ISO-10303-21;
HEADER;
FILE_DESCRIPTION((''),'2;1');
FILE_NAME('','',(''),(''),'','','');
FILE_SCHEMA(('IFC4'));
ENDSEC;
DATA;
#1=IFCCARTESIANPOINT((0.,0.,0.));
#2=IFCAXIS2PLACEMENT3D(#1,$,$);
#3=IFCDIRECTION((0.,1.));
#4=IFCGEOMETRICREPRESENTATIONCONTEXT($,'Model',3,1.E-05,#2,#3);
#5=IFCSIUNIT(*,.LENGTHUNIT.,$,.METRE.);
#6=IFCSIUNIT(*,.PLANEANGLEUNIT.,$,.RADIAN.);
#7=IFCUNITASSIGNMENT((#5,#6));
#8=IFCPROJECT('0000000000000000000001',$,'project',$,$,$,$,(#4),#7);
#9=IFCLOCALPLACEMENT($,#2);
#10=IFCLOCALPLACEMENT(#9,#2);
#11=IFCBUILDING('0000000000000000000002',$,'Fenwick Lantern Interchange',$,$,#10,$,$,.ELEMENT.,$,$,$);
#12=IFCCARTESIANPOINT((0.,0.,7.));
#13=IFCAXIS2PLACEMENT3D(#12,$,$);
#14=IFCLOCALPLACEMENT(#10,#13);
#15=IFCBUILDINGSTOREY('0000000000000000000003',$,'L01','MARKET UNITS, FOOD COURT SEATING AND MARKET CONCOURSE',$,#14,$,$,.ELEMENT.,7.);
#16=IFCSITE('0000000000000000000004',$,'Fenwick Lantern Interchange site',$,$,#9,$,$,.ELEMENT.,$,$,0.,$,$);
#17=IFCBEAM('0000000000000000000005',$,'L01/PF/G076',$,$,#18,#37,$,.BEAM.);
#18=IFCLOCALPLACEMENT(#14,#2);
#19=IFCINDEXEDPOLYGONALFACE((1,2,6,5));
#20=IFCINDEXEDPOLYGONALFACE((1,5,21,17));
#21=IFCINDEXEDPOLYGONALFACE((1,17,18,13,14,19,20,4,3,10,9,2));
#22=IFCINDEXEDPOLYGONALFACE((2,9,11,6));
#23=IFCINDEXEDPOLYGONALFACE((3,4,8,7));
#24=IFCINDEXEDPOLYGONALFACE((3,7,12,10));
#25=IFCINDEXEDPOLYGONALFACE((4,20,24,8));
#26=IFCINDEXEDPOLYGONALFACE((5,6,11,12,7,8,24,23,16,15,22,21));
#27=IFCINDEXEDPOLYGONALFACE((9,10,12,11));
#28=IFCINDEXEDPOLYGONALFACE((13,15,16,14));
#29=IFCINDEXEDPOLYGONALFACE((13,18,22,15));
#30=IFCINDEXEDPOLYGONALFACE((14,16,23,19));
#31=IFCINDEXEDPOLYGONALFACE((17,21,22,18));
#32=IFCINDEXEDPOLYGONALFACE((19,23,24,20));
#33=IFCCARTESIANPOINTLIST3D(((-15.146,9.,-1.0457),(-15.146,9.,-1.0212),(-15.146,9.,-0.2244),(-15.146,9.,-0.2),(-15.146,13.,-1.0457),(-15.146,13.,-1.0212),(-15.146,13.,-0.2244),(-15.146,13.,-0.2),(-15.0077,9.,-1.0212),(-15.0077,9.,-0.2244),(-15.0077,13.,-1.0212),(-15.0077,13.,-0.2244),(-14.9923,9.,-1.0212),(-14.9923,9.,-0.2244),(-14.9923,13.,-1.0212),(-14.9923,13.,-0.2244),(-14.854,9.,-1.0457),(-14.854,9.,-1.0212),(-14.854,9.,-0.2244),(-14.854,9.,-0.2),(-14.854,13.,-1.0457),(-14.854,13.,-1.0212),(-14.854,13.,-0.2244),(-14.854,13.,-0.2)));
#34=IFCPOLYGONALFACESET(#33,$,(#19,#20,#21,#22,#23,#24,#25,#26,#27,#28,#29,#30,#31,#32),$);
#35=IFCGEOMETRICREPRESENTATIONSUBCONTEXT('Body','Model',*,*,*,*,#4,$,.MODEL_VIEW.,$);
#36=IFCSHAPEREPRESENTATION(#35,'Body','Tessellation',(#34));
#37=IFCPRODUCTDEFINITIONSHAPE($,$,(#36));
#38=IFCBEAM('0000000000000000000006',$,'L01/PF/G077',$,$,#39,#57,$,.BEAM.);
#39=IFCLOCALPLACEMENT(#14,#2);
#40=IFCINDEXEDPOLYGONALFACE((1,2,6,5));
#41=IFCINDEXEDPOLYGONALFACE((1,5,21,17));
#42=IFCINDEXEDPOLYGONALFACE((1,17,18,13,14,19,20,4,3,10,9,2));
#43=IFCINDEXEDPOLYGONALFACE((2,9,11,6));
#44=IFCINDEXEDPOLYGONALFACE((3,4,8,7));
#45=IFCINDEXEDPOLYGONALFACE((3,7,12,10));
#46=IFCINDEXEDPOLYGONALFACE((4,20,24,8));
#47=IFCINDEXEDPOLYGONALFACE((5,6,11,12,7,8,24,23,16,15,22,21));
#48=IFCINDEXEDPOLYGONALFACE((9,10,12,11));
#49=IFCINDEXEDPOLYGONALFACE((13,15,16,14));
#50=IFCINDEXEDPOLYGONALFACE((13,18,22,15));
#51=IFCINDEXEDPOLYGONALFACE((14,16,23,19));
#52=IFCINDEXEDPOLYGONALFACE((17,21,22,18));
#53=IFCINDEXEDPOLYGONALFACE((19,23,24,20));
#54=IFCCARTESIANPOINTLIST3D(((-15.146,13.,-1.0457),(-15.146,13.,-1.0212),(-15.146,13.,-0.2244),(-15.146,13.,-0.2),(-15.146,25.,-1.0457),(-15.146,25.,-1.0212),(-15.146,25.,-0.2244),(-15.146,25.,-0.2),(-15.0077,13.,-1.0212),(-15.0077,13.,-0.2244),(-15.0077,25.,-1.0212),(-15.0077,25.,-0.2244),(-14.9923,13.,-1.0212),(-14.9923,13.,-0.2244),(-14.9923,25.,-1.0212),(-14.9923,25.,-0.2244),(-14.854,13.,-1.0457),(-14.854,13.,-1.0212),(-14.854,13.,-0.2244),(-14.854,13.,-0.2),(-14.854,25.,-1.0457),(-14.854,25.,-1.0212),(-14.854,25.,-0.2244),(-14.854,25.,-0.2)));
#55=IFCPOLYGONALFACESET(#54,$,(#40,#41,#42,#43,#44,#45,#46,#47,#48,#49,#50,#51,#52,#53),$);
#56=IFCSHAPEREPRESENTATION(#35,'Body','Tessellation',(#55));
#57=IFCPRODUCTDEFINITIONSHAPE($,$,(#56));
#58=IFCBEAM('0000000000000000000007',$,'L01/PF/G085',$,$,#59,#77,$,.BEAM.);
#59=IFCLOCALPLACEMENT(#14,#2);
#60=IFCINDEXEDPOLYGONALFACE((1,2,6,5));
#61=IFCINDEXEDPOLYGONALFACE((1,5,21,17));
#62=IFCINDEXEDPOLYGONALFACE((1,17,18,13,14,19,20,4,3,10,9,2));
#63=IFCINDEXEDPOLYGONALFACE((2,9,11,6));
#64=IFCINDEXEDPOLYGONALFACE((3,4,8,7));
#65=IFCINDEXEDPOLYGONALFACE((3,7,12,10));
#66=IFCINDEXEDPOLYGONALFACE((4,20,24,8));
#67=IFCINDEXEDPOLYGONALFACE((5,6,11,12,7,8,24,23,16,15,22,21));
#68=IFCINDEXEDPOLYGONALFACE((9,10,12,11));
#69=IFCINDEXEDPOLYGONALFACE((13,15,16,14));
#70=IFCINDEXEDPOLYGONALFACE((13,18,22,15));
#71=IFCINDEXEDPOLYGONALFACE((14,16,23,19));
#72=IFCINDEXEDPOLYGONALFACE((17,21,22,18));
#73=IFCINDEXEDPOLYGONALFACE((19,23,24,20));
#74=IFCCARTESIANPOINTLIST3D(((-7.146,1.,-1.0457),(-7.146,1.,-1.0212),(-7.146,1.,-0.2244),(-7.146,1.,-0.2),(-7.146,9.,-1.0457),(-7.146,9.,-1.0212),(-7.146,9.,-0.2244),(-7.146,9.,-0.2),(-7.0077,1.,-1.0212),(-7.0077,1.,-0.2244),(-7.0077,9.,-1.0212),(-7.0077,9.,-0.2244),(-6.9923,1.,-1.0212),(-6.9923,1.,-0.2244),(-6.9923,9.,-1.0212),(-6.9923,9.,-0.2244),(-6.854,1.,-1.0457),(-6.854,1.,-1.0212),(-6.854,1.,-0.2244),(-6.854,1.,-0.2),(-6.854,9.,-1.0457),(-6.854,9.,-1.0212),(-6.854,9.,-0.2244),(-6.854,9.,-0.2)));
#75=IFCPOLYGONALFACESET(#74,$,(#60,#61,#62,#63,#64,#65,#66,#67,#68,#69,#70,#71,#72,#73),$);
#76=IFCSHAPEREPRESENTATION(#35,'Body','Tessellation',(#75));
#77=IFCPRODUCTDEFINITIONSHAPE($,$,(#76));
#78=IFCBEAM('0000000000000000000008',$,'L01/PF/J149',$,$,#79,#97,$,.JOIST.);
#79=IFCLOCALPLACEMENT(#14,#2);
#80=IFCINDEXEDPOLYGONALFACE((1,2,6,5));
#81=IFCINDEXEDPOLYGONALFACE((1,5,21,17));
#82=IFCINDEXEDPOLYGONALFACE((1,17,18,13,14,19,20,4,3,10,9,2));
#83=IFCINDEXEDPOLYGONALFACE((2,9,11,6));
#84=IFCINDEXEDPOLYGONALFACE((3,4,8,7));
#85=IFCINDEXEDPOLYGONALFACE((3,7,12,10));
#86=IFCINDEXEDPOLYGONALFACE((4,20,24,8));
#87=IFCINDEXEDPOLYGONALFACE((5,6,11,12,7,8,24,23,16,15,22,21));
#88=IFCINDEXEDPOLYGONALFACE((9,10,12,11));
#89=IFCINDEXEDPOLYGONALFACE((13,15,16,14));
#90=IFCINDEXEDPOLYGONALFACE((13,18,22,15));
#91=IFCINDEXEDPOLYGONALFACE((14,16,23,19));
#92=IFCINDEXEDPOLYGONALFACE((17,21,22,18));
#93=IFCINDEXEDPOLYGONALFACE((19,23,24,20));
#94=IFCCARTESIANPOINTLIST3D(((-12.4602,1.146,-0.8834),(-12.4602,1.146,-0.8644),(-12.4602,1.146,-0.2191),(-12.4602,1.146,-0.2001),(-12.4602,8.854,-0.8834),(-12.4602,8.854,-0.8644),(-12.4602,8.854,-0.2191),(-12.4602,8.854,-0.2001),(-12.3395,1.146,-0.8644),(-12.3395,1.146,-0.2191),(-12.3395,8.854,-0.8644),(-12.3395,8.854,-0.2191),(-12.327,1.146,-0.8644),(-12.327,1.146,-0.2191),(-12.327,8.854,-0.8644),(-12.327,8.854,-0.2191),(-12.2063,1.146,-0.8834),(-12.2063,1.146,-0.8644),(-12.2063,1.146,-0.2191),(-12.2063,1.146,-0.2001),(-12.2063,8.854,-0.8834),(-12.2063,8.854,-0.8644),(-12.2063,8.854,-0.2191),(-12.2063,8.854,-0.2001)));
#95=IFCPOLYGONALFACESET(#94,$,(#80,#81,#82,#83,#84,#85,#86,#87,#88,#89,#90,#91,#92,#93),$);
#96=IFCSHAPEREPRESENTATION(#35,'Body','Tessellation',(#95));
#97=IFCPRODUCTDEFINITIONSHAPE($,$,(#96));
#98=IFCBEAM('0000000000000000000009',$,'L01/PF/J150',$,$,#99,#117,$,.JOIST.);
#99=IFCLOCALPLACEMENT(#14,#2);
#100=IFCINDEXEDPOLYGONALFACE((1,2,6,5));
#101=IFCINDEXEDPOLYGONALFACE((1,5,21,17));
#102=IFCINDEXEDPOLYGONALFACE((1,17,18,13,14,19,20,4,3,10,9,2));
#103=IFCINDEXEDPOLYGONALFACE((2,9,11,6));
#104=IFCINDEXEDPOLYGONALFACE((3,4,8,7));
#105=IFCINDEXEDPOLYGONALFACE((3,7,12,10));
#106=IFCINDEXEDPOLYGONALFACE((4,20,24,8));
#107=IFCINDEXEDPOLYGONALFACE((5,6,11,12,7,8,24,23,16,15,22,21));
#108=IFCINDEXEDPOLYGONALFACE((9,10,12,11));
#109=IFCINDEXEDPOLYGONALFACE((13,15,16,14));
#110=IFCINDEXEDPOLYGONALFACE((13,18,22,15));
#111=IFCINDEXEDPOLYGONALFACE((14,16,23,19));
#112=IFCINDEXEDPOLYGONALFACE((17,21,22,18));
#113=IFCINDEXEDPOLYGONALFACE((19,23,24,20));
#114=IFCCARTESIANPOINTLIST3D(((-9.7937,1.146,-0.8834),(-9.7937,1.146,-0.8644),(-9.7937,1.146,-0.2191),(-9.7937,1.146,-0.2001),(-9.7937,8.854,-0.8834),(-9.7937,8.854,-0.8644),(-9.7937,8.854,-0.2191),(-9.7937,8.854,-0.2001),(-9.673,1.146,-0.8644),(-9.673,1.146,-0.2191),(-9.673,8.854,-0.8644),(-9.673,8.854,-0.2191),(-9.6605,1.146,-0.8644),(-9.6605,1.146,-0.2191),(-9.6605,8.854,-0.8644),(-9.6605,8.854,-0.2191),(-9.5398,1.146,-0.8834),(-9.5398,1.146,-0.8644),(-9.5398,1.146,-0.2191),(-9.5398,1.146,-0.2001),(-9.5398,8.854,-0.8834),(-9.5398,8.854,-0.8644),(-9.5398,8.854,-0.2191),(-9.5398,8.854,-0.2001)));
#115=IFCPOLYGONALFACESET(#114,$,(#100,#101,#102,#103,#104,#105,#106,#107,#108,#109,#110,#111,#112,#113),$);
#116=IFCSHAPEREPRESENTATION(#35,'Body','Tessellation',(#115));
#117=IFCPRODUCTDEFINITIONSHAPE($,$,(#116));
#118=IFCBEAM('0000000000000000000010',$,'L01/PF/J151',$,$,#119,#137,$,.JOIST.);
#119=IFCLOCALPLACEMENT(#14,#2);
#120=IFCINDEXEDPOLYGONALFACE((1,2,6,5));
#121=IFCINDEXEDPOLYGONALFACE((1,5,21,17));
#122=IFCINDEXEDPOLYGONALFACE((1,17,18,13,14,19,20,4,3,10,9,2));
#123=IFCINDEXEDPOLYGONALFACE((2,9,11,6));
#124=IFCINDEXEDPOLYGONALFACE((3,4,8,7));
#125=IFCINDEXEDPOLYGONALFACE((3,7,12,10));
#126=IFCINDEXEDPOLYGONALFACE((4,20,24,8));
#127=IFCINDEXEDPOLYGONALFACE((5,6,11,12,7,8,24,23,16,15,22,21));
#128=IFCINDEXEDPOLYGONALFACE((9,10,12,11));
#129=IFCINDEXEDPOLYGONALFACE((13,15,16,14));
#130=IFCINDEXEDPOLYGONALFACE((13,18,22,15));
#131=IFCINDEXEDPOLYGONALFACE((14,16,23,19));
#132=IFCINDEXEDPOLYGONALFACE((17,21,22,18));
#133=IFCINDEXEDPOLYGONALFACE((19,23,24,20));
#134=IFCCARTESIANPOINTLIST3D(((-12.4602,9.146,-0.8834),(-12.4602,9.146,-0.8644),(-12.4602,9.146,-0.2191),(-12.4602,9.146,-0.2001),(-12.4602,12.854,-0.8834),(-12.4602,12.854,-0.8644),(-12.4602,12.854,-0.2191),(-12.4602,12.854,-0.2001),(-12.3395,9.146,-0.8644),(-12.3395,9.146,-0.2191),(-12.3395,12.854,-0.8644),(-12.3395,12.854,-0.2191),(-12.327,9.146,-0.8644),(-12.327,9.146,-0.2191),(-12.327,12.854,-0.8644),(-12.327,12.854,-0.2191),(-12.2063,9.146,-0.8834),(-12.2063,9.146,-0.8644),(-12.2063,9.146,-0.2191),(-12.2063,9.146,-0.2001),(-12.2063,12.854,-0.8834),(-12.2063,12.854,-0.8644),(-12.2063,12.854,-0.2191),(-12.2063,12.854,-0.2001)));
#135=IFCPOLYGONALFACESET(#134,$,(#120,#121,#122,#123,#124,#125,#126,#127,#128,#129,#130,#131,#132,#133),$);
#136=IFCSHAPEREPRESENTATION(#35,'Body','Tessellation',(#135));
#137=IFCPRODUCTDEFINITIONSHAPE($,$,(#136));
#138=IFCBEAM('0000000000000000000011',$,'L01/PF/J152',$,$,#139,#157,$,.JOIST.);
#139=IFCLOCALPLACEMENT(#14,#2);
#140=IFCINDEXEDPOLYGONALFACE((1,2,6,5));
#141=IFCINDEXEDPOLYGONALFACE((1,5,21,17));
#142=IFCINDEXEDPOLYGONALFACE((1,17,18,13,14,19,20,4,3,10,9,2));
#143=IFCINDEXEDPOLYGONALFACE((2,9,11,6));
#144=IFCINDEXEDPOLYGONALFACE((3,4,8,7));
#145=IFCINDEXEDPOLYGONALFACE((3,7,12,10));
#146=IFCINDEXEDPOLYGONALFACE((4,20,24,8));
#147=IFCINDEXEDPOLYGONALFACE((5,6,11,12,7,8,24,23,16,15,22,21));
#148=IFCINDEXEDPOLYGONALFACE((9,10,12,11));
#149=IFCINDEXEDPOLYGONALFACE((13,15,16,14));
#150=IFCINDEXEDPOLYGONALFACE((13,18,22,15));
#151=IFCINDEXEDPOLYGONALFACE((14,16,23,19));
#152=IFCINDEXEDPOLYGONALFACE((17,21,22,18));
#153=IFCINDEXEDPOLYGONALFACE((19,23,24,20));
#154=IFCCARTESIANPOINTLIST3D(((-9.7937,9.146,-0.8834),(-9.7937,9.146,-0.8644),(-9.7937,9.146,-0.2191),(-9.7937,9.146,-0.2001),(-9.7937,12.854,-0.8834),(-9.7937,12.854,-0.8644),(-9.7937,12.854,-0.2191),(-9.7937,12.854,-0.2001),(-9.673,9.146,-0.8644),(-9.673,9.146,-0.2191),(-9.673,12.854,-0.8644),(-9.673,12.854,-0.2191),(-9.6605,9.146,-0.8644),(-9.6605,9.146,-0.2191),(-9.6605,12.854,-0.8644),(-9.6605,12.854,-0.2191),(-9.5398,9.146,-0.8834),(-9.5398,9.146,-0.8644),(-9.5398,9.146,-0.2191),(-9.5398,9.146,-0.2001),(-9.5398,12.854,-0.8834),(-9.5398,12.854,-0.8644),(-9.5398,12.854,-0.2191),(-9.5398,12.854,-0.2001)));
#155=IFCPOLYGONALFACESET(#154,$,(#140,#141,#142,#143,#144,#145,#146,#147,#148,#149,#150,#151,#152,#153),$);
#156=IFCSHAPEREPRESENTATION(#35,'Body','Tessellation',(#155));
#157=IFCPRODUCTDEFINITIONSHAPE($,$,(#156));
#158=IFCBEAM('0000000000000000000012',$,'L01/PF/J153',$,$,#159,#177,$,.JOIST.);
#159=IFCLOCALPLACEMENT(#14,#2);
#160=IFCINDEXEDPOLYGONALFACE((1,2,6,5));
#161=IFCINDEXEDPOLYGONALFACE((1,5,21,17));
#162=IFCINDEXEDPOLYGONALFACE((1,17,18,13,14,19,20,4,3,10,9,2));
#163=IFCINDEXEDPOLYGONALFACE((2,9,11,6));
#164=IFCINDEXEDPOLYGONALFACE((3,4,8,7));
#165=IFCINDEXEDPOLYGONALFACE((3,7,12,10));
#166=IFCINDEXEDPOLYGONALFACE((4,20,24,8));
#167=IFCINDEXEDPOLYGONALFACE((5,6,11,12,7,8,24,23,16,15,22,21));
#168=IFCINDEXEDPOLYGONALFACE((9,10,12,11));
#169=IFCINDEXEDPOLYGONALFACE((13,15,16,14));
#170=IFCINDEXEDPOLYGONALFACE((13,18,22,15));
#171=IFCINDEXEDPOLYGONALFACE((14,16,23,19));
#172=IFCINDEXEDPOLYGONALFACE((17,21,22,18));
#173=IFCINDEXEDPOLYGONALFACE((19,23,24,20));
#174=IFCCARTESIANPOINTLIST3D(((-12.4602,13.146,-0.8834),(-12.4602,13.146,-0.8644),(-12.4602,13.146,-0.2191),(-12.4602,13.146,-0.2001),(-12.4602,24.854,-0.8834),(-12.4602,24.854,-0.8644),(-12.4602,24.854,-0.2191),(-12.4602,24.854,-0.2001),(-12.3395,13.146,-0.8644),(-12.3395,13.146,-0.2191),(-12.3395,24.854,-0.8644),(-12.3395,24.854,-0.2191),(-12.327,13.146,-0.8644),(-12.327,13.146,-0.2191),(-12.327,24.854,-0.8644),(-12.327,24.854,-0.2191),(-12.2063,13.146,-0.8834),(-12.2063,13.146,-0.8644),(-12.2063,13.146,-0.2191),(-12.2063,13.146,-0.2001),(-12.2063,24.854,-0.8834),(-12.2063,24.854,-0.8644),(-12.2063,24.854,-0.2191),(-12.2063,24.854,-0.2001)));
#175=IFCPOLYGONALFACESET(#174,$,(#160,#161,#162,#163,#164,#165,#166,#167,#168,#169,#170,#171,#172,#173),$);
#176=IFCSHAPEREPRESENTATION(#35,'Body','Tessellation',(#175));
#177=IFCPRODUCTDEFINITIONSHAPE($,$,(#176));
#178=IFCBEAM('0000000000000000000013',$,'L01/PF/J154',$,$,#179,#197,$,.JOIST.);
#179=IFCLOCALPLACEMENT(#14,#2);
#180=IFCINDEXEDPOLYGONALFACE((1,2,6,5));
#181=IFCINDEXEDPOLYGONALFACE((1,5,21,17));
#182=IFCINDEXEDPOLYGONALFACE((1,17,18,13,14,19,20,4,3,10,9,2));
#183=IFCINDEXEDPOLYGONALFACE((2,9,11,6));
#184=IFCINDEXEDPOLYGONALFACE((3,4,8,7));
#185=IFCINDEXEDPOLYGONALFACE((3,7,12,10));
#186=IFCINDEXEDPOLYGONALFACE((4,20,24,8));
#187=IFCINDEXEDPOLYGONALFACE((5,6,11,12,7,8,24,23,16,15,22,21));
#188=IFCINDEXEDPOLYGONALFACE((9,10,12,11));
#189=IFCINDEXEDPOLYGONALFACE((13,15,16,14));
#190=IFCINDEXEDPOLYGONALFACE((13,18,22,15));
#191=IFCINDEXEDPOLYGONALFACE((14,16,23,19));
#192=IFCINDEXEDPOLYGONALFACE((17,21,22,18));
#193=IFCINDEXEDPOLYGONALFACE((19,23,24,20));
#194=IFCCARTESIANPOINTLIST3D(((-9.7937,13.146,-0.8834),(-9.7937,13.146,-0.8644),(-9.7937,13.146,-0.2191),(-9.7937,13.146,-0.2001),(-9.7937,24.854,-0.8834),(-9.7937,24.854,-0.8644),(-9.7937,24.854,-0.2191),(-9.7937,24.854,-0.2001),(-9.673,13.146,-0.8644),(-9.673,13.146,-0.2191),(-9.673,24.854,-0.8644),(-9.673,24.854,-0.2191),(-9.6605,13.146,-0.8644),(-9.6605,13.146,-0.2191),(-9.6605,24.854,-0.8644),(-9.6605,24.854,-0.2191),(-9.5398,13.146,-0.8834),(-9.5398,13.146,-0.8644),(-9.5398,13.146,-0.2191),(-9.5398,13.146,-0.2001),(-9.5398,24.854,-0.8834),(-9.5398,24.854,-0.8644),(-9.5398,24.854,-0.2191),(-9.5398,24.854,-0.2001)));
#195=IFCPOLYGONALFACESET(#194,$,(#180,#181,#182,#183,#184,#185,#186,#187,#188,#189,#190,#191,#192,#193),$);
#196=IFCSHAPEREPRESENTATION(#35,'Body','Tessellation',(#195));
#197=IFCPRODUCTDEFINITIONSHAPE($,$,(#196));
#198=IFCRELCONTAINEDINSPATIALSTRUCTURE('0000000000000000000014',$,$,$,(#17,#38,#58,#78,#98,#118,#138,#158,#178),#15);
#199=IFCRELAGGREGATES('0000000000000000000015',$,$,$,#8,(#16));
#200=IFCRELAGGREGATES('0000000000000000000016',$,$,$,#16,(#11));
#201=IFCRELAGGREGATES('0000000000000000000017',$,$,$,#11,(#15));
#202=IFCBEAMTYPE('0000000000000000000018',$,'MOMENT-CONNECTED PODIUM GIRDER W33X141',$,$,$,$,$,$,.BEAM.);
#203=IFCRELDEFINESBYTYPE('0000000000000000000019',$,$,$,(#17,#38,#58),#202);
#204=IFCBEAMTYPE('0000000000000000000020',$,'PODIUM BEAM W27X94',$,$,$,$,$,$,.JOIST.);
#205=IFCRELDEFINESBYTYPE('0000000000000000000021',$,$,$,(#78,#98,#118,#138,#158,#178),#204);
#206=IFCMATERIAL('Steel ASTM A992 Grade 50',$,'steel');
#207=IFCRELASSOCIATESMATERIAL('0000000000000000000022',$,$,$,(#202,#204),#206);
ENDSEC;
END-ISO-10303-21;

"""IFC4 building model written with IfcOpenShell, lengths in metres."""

from ifc_helpers import new_model, si_unit, direction, frame, origin, origin_2d, place, context, subcontext, project, spatial, i_section, extrude, material, material_profile, profile_set, type_object, element, save


model = new_model("IFC4")

# Units and contexts
model_context = context("Model", 3, precision=1e-05, world=origin(), true_north=direction((0.0, 1.0)))
body_context = subcontext(model_context, "Body", "Model", "MODEL_VIEW")
ifc_project = project(units=[si_unit("LENGTHUNIT", "METRE"), si_unit("PLANEANGLEUNIT", "RADIAN")], contexts=[model_context])

# Site, building, storey
site_placement = place(None, origin())
site = spatial("IfcSite", under=ifc_project, at=site_placement, Name="Fenwick Lantern Interchange site", CompositionType="ELEMENT", RefElevation=0.0)
building_placement = place(site_placement, origin())
building = spatial("IfcBuilding", under=site, at=building_placement, Name="Fenwick Lantern Interchange", CompositionType="ELEMENT")
storey_placement = place(building_placement, frame((0.0, 0.0, 7.0)))
storey = spatial("IfcBuildingStorey", under=building, at=storey_placement, Name="L01", Description="MARKET UNITS, FOOD COURT SEATING AND MARKET CONCOURSE", CompositionType="ELEMENT", Elevation=7.0)

# Shared definitions
ifc_material_1 = material(Name="Steel ASTM A992 Grade 50", Category="steel")

# Beams
ifc_material_profile_1 = material_profile(ifc_material_1, i_section(OverallWidth=0.292, OverallDepth=0.8457, WebThickness=0.0154, FlangeThickness=0.0244, at=origin_2d()), Name="W33X141")
ifc_profile_set_1 = profile_set([ifc_material_profile_1], Name="Steel ASTM A992 Grade 50")
beam_type_1 = type_object("IfcBeamType", Name="MOMENT-CONNECTED PODIUM GIRDER W33X141", PredefinedType="BEAM", material=ifc_profile_set_1)
beam_1_placement = place(storey_placement, frame((-15.0, 9.0, -0.6228), z_axis=(0.0, 1.0, 0.0), x_axis=(-1.0, 0.0, 0.0)))
element("IfcBeam", 1, at=beam_1_placement, inside=storey, type_object=beam_type_1, Name="L01/PF/G076", PredefinedType="BEAM", context=body_context, shape_type="SweptSolid", body=[
    extrude(i_section(OverallWidth=0.292, OverallDepth=0.8457, WebThickness=0.0154, FlangeThickness=0.0244, at=origin_2d()), origin(), (0.0, 0.0, 1.0), 4.0),
])
beam_2_placement = place(storey_placement, frame((-15.0, 13.0, -0.6228), z_axis=(0.0, 1.0, 0.0), x_axis=(-1.0, 0.0, 0.0)))
element("IfcBeam", 2, at=beam_2_placement, inside=storey, type_object=beam_type_1, Name="L01/PF/G077", PredefinedType="BEAM", context=body_context, shape_type="SweptSolid", body=[
    extrude(i_section(OverallWidth=0.292, OverallDepth=0.8457, WebThickness=0.0154, FlangeThickness=0.0244, at=origin_2d()), origin(), (0.0, 0.0, 1.0), 12.0),
])
beam_3_placement = place(storey_placement, frame((-7.0, 1.0, -0.6228), z_axis=(0.0, 1.0, 0.0), x_axis=(-1.0, 0.0, 0.0)))
element("IfcBeam", 3, at=beam_3_placement, inside=storey, type_object=beam_type_1, Name="L01/PF/G085", PredefinedType="BEAM", context=body_context, shape_type="SweptSolid", body=[
    extrude(i_section(OverallWidth=0.292, OverallDepth=0.8457, WebThickness=0.0154, FlangeThickness=0.0244, at=origin_2d()), origin(), (0.0, 0.0, 1.0), 8.0),
])
ifc_material_profile_2 = material_profile(ifc_material_1, i_section(OverallWidth=0.2539, OverallDepth=0.6833, WebThickness=0.0125, FlangeThickness=0.019, at=origin_2d()), Name="W27X94")
ifc_profile_set_2 = profile_set([ifc_material_profile_2], Name="Steel ASTM A992 Grade 50")
beam_type_2 = type_object("IfcBeamType", Name="PODIUM BEAM W27X94", PredefinedType="JOIST", material=ifc_profile_set_2)
for number, where, z_axis, x_axis, name in (
    (4, (-12.3333, 1.146, -0.5417), (0.0, 1.0, 0.0), (-1.0, 0.0, 0.0), "L01/PF/J149"),
    (5, (-9.6667, 1.146, -0.5417), (0.0, 1.0, 0.0), (-1.0, 0.0, 0.0), "L01/PF/J150"),
):
    element("IfcBeam", number, at=place(storey_placement, frame(where, z_axis=z_axis, x_axis=x_axis)), inside=storey, type_object=beam_type_2, Name=name, PredefinedType="JOIST", context=body_context, shape_type="SweptSolid", body=[
        extrude(i_section(OverallWidth=0.2539, OverallDepth=0.6833, WebThickness=0.0125, FlangeThickness=0.019, at=origin_2d()), origin(), (0.0, 0.0, 1.0), 7.708),
    ])
for number, where, z_axis, x_axis, name in (
    (6, (-12.3333, 9.146, -0.5417), (0.0, 1.0, 0.0), (-1.0, 0.0, 0.0), "L01/PF/J151"),
    (7, (-9.6667, 9.146, -0.5417), (0.0, 1.0, 0.0), (-1.0, 0.0, 0.0), "L01/PF/J152"),
):
    element("IfcBeam", number, at=place(storey_placement, frame(where, z_axis=z_axis, x_axis=x_axis)), inside=storey, type_object=beam_type_2, Name=name, PredefinedType="JOIST", context=body_context, shape_type="SweptSolid", body=[
        extrude(i_section(OverallWidth=0.2539, OverallDepth=0.6833, WebThickness=0.0125, FlangeThickness=0.019, at=origin_2d()), origin(), (0.0, 0.0, 1.0), 3.708),
    ])
for number, where, z_axis, x_axis, name in (
    (8, (-12.3333, 13.146, -0.5417), (0.0, 1.0, 0.0), (-1.0, 0.0, 0.0), "L01/PF/J153"),
    (9, (-9.6667, 13.146, -0.5417), (0.0, 1.0, 0.0), (-1.0, 0.0, 0.0), "L01/PF/J154"),
):
    element("IfcBeam", number, at=place(storey_placement, frame(where, z_axis=z_axis, x_axis=x_axis)), inside=storey, type_object=beam_type_2, Name=name, PredefinedType="JOIST", context=body_context, shape_type="SweptSolid", body=[
        extrude(i_section(OverallWidth=0.2539, OverallDepth=0.6833, WebThickness=0.0125, FlangeThickness=0.019, at=origin_2d()), origin(), (0.0, 0.0, 1.0), 11.708),
    ])

save(model, "model.ifc")
